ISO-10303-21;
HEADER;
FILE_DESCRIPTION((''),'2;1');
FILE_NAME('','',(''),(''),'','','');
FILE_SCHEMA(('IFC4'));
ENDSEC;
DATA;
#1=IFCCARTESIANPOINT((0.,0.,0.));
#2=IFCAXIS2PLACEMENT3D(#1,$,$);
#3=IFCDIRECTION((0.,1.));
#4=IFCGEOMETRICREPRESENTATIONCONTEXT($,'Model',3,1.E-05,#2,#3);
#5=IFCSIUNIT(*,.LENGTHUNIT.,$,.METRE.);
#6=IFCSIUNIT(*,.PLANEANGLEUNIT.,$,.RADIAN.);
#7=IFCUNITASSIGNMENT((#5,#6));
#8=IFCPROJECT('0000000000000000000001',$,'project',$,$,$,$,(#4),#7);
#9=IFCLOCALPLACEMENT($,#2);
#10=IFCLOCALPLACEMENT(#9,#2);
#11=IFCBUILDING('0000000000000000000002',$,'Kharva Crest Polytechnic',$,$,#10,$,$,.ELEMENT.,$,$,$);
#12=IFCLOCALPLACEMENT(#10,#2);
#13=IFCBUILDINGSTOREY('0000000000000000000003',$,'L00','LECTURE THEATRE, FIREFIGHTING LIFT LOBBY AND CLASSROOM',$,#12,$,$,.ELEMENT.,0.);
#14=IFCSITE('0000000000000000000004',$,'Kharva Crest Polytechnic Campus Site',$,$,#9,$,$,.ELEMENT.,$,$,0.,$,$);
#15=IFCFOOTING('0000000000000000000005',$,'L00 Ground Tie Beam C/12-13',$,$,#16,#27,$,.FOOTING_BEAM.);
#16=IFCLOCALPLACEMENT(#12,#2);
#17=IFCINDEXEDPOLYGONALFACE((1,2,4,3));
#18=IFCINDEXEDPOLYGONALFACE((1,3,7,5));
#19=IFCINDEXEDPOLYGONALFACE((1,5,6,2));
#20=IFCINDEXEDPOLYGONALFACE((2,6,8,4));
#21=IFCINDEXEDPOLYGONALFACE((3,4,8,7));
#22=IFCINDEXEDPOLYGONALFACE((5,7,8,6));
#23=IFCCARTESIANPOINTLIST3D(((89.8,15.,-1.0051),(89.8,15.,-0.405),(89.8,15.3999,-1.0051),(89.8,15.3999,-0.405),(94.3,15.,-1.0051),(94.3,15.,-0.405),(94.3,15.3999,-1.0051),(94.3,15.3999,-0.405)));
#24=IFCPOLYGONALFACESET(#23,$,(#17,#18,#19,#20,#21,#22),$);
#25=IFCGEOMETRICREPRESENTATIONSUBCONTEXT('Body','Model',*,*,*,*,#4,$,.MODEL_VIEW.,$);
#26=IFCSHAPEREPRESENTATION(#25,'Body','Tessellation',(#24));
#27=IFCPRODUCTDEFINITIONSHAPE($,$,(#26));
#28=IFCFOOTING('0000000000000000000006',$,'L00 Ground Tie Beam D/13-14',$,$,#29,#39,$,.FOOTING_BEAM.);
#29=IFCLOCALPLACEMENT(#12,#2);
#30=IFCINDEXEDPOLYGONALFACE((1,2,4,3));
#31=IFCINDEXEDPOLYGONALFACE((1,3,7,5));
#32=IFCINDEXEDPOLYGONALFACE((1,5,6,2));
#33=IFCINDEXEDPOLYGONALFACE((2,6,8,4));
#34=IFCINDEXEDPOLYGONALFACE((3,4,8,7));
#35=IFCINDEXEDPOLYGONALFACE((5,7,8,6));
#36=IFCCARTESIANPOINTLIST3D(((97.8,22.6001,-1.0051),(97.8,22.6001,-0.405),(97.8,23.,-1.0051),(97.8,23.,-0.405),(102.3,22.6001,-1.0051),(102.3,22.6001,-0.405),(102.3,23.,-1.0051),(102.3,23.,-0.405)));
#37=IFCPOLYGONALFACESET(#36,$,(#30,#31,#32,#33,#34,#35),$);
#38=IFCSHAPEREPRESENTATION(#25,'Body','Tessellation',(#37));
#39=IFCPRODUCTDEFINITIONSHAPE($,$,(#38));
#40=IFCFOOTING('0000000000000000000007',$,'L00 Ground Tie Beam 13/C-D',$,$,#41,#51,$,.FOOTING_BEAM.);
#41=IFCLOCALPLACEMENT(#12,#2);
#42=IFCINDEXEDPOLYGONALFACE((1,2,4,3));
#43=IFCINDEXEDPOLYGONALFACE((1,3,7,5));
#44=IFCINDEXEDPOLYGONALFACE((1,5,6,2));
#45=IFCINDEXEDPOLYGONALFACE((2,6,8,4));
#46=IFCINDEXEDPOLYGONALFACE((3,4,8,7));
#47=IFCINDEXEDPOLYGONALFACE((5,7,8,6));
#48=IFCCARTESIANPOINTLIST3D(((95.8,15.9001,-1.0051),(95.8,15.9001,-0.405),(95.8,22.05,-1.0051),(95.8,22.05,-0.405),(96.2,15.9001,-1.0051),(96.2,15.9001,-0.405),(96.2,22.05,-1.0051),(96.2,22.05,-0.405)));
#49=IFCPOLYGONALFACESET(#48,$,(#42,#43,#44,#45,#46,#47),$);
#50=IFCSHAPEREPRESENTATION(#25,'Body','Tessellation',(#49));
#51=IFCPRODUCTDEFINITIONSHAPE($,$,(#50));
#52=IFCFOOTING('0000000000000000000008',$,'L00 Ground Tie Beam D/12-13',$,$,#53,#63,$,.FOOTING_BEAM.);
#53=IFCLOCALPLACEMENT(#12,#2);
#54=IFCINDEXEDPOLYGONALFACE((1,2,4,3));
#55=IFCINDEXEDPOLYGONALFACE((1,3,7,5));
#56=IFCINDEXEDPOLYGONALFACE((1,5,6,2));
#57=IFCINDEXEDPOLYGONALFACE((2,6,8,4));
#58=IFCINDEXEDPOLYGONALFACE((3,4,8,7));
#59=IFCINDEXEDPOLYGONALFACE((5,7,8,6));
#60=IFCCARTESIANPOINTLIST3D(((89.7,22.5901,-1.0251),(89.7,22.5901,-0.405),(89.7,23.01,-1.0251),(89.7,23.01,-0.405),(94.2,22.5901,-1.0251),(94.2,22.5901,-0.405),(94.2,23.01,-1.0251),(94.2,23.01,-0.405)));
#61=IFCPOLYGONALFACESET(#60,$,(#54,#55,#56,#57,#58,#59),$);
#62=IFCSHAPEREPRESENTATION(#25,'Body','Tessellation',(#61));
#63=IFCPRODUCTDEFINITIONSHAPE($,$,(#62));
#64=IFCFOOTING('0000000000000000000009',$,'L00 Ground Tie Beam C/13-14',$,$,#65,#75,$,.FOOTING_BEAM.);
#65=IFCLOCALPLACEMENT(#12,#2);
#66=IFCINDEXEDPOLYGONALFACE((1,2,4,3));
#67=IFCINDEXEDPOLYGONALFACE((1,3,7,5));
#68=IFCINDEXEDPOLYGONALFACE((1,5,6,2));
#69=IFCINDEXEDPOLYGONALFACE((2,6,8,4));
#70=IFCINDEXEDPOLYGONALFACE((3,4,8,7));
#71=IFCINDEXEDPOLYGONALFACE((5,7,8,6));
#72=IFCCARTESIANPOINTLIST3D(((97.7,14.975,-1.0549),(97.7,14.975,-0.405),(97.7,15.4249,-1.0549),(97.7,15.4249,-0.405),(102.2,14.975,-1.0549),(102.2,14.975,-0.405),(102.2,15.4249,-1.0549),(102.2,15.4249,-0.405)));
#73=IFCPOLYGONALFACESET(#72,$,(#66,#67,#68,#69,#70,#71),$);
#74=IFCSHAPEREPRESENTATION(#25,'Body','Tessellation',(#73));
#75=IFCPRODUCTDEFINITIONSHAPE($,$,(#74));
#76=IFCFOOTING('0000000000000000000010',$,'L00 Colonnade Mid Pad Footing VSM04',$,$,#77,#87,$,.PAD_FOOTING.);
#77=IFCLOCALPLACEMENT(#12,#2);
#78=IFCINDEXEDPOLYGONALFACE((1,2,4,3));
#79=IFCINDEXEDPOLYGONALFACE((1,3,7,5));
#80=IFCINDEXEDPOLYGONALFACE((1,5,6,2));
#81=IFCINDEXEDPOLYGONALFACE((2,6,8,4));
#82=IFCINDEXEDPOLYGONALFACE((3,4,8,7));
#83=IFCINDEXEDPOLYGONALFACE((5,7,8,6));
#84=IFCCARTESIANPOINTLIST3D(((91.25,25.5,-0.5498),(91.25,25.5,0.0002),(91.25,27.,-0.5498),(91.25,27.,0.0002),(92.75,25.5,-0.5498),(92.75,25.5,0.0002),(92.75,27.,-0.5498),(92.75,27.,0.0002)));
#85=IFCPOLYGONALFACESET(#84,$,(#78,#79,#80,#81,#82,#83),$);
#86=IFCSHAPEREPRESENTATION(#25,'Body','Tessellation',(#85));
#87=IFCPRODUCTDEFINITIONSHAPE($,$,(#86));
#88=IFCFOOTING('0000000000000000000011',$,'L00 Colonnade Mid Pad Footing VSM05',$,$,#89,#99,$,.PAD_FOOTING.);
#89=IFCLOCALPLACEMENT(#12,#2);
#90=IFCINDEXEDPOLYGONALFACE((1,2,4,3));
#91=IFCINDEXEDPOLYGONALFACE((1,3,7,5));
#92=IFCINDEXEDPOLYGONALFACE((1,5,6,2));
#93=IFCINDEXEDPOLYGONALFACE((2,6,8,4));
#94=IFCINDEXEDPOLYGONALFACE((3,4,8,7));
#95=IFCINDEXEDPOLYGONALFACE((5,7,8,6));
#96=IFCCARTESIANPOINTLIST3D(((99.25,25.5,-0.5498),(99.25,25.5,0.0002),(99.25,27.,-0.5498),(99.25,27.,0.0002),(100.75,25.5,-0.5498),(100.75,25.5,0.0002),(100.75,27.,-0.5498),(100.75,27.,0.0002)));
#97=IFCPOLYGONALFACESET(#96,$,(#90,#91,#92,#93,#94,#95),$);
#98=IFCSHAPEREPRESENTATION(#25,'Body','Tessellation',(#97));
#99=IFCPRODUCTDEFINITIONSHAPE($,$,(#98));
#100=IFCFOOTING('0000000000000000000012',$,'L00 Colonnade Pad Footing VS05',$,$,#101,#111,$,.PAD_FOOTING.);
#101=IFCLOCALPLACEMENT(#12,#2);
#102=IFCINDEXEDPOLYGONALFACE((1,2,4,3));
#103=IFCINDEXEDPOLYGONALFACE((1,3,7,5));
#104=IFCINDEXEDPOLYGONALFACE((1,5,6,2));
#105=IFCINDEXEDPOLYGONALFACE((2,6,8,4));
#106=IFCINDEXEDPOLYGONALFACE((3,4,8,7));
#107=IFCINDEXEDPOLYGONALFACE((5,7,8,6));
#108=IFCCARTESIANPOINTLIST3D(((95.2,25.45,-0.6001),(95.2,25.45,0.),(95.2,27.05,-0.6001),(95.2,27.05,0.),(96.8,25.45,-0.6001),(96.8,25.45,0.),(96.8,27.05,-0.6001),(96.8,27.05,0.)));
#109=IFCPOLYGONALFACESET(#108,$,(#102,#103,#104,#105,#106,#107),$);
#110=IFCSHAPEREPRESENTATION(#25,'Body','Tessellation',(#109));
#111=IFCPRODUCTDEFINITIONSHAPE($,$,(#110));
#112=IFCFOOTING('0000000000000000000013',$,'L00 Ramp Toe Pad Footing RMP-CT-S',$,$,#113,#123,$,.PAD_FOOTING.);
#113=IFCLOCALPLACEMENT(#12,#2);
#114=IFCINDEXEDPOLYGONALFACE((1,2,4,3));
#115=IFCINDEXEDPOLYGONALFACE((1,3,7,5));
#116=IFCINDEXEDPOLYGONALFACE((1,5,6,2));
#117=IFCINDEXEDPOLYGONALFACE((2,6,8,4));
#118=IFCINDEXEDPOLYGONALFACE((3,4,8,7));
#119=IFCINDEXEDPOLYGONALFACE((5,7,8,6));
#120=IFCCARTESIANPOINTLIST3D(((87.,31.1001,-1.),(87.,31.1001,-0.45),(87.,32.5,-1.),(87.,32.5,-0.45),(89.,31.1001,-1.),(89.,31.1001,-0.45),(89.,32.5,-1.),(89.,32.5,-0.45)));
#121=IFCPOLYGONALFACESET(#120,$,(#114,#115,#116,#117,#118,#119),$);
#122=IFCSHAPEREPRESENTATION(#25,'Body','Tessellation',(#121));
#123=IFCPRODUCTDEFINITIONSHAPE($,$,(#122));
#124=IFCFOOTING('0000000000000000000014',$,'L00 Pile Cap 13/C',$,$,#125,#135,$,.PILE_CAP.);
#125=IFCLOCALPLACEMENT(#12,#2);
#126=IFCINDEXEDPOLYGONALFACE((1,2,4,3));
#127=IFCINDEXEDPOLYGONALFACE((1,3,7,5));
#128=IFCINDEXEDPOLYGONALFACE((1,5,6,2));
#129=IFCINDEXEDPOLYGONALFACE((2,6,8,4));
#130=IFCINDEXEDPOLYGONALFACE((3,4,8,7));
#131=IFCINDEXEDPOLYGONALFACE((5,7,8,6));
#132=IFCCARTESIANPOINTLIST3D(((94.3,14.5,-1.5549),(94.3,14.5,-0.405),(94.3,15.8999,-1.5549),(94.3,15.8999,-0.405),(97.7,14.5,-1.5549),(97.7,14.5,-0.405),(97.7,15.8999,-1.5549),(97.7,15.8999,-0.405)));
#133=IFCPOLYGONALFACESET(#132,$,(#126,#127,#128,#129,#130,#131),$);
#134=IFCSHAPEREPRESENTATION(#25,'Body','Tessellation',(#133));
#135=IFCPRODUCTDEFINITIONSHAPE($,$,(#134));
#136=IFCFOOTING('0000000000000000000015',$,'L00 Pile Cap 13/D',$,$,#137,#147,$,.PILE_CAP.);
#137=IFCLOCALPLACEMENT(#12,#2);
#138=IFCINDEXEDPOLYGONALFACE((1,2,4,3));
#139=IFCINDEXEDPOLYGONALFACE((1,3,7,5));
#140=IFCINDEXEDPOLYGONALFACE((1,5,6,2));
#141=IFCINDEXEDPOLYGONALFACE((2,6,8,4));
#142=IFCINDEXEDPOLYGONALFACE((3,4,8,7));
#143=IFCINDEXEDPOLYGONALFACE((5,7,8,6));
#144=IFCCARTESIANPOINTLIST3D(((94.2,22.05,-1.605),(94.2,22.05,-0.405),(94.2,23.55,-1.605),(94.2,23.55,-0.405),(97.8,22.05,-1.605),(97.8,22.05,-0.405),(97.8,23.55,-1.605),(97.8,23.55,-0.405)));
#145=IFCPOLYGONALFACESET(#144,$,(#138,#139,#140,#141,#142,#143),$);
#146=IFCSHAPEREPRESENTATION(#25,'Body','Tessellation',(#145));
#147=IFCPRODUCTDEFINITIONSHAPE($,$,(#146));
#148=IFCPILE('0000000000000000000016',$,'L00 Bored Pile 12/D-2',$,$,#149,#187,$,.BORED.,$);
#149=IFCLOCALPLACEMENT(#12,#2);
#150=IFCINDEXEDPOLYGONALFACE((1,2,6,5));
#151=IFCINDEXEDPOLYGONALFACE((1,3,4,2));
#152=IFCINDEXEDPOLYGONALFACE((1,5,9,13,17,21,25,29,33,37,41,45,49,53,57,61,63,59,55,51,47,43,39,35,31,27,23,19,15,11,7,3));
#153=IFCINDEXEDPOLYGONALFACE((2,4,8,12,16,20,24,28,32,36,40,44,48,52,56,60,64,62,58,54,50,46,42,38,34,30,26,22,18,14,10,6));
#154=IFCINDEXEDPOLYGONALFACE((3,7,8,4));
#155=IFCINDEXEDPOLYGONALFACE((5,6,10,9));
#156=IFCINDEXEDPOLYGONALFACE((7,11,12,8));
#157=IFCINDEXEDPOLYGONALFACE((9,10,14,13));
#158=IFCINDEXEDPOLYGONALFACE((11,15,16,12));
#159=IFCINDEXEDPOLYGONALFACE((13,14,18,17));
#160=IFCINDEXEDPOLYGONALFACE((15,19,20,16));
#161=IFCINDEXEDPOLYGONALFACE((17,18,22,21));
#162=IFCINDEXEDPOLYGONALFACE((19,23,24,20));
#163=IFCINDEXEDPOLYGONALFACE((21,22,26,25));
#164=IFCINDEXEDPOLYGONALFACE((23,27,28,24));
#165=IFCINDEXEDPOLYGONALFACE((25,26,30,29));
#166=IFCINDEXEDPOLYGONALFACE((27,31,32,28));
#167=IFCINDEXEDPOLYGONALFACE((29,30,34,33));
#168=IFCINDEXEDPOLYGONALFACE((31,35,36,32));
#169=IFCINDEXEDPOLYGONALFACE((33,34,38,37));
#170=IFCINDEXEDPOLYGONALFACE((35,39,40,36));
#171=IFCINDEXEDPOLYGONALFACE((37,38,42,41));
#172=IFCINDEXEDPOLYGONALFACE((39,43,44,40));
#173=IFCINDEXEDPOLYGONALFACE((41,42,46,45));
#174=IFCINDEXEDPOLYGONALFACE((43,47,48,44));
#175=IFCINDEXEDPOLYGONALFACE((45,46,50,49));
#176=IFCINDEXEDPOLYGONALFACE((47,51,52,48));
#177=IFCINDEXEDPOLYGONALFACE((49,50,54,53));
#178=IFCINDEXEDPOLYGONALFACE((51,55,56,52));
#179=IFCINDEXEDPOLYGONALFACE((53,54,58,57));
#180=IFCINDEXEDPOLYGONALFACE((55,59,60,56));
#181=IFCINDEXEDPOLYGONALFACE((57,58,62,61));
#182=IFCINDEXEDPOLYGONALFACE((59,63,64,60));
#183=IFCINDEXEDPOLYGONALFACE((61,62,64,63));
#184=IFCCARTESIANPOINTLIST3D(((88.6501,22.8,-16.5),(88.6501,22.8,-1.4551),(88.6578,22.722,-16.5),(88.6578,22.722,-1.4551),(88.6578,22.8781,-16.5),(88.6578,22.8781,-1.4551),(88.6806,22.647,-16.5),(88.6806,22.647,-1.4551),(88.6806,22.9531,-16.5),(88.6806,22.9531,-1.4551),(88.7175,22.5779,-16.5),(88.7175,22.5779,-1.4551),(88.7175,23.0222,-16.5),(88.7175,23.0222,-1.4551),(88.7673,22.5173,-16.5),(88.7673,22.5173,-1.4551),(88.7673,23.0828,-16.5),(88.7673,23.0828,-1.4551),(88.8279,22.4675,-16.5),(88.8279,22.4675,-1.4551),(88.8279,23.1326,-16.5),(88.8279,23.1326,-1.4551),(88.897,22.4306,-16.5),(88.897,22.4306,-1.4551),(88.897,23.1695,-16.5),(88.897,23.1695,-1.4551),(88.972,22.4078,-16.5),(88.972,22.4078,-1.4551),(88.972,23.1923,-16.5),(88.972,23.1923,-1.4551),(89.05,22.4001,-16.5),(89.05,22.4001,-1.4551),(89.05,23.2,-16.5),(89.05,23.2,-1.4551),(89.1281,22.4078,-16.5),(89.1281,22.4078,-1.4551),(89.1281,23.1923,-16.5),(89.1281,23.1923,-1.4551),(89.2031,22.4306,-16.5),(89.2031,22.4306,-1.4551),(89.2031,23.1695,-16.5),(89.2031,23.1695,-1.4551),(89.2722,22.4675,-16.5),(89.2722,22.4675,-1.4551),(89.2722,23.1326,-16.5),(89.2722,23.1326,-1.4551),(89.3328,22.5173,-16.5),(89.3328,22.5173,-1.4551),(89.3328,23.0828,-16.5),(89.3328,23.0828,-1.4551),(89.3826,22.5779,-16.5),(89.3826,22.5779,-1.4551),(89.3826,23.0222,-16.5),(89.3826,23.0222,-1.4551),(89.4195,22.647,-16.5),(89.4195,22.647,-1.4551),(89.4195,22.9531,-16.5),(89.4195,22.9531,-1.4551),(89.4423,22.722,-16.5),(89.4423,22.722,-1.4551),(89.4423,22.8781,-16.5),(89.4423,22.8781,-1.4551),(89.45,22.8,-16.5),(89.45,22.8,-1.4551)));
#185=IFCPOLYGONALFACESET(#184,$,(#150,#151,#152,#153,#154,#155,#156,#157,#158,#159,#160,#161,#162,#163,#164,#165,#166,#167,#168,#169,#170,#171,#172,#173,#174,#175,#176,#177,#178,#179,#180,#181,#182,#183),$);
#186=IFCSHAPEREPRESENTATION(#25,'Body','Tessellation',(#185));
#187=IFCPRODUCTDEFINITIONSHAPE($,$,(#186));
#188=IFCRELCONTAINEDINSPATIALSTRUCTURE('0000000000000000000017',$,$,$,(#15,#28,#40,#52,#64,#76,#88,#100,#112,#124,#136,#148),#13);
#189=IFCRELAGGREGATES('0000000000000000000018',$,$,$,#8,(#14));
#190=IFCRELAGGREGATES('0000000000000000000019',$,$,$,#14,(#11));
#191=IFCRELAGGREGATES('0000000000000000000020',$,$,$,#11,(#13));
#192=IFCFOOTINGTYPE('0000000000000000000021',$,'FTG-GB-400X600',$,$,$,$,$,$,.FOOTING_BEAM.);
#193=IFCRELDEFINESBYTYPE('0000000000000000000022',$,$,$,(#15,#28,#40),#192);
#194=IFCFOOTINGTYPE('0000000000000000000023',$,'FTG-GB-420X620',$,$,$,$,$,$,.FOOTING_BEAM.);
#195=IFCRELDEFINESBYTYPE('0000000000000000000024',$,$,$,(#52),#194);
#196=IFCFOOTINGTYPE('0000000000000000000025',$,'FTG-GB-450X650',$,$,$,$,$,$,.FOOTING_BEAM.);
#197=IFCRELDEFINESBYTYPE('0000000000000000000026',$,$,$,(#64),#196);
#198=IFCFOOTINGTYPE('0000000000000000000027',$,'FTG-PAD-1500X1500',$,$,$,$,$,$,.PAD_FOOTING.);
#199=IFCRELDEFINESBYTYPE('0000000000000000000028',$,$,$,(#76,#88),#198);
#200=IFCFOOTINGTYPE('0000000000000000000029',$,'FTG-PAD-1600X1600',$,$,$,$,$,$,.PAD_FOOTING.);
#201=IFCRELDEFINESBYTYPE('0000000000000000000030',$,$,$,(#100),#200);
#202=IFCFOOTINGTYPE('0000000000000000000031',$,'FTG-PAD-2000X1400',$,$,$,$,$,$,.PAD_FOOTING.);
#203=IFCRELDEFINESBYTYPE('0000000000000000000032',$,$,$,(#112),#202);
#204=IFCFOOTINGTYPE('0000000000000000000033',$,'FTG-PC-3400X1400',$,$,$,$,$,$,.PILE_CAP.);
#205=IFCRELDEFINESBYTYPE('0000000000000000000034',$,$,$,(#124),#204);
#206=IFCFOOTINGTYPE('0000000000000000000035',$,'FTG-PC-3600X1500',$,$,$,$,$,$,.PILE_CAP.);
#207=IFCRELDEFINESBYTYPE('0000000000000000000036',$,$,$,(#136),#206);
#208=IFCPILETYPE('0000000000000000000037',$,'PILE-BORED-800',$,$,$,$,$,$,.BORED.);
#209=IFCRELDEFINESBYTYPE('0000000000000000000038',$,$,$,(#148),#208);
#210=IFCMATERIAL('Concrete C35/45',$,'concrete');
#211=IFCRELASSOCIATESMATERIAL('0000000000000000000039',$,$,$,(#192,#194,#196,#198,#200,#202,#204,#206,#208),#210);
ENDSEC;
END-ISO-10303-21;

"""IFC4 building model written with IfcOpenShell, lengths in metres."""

from ifc_helpers import new_model, si_unit, direction, frame, origin, origin_2d, place, context, subcontext, project, spatial, rectangle, circle, extrude, material, material_profile, profile_set, type_object, element, save


model = new_model("IFC4")

# Units and contexts
model_context = context("Model", 3, precision=1e-05, world=origin(), true_north=direction((0.0, 1.0)))
body_context = subcontext(model_context, "Body", "Model", "MODEL_VIEW")
ifc_project = project(units=[si_unit("LENGTHUNIT", "METRE"), si_unit("PLANEANGLEUNIT", "RADIAN")], contexts=[model_context])

# Site, building, storey
site_placement = place(None, origin())
site = spatial("IfcSite", under=ifc_project, at=site_placement, Name="Kharva Crest Polytechnic Campus Site", CompositionType="ELEMENT", RefElevation=0.0)
building_placement = place(site_placement, origin())
building = spatial("IfcBuilding", under=site, at=building_placement, Name="Kharva Crest Polytechnic", CompositionType="ELEMENT")
storey_placement = place(building_placement, origin())
storey = spatial("IfcBuildingStorey", under=building, at=storey_placement, Name="L00", Description="LECTURE THEATRE, FIREFIGHTING LIFT LOBBY AND CLASSROOM", CompositionType="ELEMENT", Elevation=0.0)

# Footings
ifc_material_1 = material(Name="Concrete C35/45", Category="concrete")
footing_type_1 = type_object("IfcFootingType", Name="FTG-GB-400X600", PredefinedType="FOOTING_BEAM", material=ifc_material_1)
for number, where, z_axis, x_axis, name in (
    (1, (92.05, 15.2, -1.0051), (0.0, 0.0, 1.0), (1.0, 0.0, 0.0), "L00 Ground Tie Beam C/12-13"),
    (2, (100.05, 22.8, -1.0051), (0.0, 0.0, 1.0), (1.0, 0.0, 0.0), "L00 Ground Tie Beam D/13-14"),
):
    element("IfcFooting", number, at=place(storey_placement, frame(where, z_axis=z_axis, x_axis=x_axis)), inside=storey, type_object=footing_type_1, Name=name, PredefinedType="FOOTING_BEAM", context=body_context, shape_type="SweptSolid", body=[
        extrude(rectangle(XDim=4.5, YDim=0.3999, at=origin_2d()), origin(), (0.0, 0.0, 1.0), 0.6001),
    ])
footing_1_placement = place(storey_placement, frame((96.0, 18.9751, -1.0051), z_axis=(0.0, 0.0, 1.0), x_axis=(0.0, 1.0, 0.0)))
element("IfcFooting", 3, at=footing_1_placement, inside=storey, type_object=footing_type_1, Name="L00 Ground Tie Beam 13/C-D", PredefinedType="FOOTING_BEAM", context=body_context, shape_type="SweptSolid", body=[
    extrude(rectangle(XDim=6.1499, YDim=0.3999, at=origin_2d()), origin(), (0.0, 0.0, 1.0), 0.6001),
])
footing_type_2 = type_object("IfcFootingType", Name="FTG-GB-420X620", PredefinedType="FOOTING_BEAM", material=ifc_material_1)
footing_2_placement = place(storey_placement, frame((91.95, 22.8, -1.0251), z_axis=(0.0, 0.0, 1.0), x_axis=(1.0, 0.0, 0.0)))
element("IfcFooting", 4, at=footing_2_placement, inside=storey, type_object=footing_type_2, Name="L00 Ground Tie Beam D/12-13", PredefinedType="FOOTING_BEAM", context=body_context, shape_type="SweptSolid", body=[
    extrude(rectangle(XDim=4.5, YDim=0.4199, at=origin_2d()), origin(), (0.0, 0.0, 1.0), 0.6201),
])
footing_type_3 = type_object("IfcFootingType", Name="FTG-GB-450X650", PredefinedType="FOOTING_BEAM", material=ifc_material_1)
footing_3_placement = place(storey_placement, frame((99.95, 15.2, -1.0549), z_axis=(0.0, 0.0, 1.0), x_axis=(1.0, 0.0, 0.0)))
element("IfcFooting", 5, at=footing_3_placement, inside=storey, type_object=footing_type_3, Name="L00 Ground Tie Beam C/13-14", PredefinedType="FOOTING_BEAM", context=body_context, shape_type="SweptSolid", body=[
    extrude(rectangle(XDim=4.5, YDim=0.45, at=origin_2d()), origin(), (0.0, 0.0, 1.0), 0.6499),
])
footing_type_4 = type_object("IfcFootingType", Name="FTG-PAD-1500X1500", PredefinedType="PAD_FOOTING", material=ifc_material_1)
for number, where, z_axis, x_axis, name in (
    (6, (92.0, 26.25, -0.5498), (0.0, 0.0, 1.0), (1.0, 0.0, 0.0), "L00 Colonnade Mid Pad Footing VSM04"),
    (7, (100.0, 26.25, -0.5498), (0.0, 0.0, 1.0), (1.0, 0.0, 0.0), "L00 Colonnade Mid Pad Footing VSM05"),
):
    element("IfcFooting", number, at=place(storey_placement, frame(where, z_axis=z_axis, x_axis=x_axis)), inside=storey, type_object=footing_type_4, Name=name, PredefinedType="PAD_FOOTING", context=body_context, shape_type="SweptSolid", body=[
        extrude(rectangle(XDim=1.5, YDim=1.5, at=origin_2d()), origin(), (0.0, 0.0, 1.0), 0.55),
    ])
footing_type_5 = type_object("IfcFootingType", Name="FTG-PAD-1600X1600", PredefinedType="PAD_FOOTING", material=ifc_material_1)
footing_4_placement = place(storey_placement, frame((96.0, 26.25, -0.6001), z_axis=(0.0, 0.0, 1.0), x_axis=(1.0, 0.0, 0.0)))
element("IfcFooting", 8, at=footing_4_placement, inside=storey, type_object=footing_type_5, Name="L00 Colonnade Pad Footing VS05", PredefinedType="PAD_FOOTING", context=body_context, shape_type="SweptSolid", body=[
    extrude(rectangle(XDim=1.6001, YDim=1.6001, at=origin_2d()), origin(), (0.0, 0.0, 1.0), 0.6001),
])
footing_type_6 = type_object("IfcFootingType", Name="FTG-PAD-2000X1400", PredefinedType="PAD_FOOTING", material=ifc_material_1)
footing_5_placement = place(storey_placement, frame((88.0, 31.8, -1.0), z_axis=(0.0, 0.0, 1.0), x_axis=(1.0, 0.0, 0.0)))
element("IfcFooting", 9, at=footing_5_placement, inside=storey, type_object=footing_type_6, Name="L00 Ramp Toe Pad Footing RMP-CT-S", PredefinedType="PAD_FOOTING", context=body_context, shape_type="SweptSolid", body=[
    extrude(rectangle(XDim=2.0, YDim=1.3999, at=origin_2d()), origin(), (0.0, 0.0, 1.0), 0.55),
])
footing_type_7 = type_object("IfcFootingType", Name="FTG-PC-3400X1400", PredefinedType="PILE_CAP", material=ifc_material_1)
footing_6_placement = place(storey_placement, frame((96.0, 15.2, -1.5549), z_axis=(0.0, 0.0, 1.0), x_axis=(1.0, 0.0, 0.0)))
element("IfcFooting", 10, at=footing_6_placement, inside=storey, type_object=footing_type_7, Name="L00 Pile Cap 13/C", PredefinedType="PILE_CAP", context=body_context, shape_type="SweptSolid", body=[
    extrude(rectangle(XDim=3.3999, YDim=1.3999, at=origin_2d()), origin(), (0.0, 0.0, 1.0), 1.1499),
])
footing_type_8 = type_object("IfcFootingType", Name="FTG-PC-3600X1500", PredefinedType="PILE_CAP", material=ifc_material_1)
footing_7_placement = place(storey_placement, frame((96.0, 22.8, -1.605), z_axis=(0.0, 0.0, 1.0), x_axis=(1.0, 0.0, 0.0)))
element("IfcFooting", 11, at=footing_7_placement, inside=storey, type_object=footing_type_8, Name="L00 Pile Cap 13/D", PredefinedType="PILE_CAP", context=body_context, shape_type="SweptSolid", body=[
    extrude(rectangle(XDim=3.6001, YDim=1.5, at=origin_2d()), origin(), (0.0, 0.0, 1.0), 1.2),
])

# Pile
ifc_material_profile_1 = material_profile(ifc_material_1, circle(Radius=0.3999, at=origin_2d()), Name="DIA 800")
ifc_profile_set_1 = profile_set([ifc_material_profile_1], Name="Concrete C35/45")
pile_type_1 = type_object("IfcPileType", Name="PILE-BORED-800", PredefinedType="BORED", material=ifc_profile_set_1)
for number, where, z_axis, x_axis, name in (
    (12, (89.05, 22.8, -1.4551), (0.0, 0.0, -1.0), (1.0, 0.0, 0.0), "L00 Bored Pile 12/D-2"),
):
    element("IfcPile", number, at=place(storey_placement, frame(where, z_axis=z_axis, x_axis=x_axis)), inside=storey, type_object=pile_type_1, Name=name, PredefinedType="BORED", context=body_context, shape_type="SweptSolid", body=[
        extrude(circle(Radius=0.3999, at=origin_2d()), origin(), (0.0, 0.0, 1.0), 15.0449),
    ])

save(model, "model.ifc")
